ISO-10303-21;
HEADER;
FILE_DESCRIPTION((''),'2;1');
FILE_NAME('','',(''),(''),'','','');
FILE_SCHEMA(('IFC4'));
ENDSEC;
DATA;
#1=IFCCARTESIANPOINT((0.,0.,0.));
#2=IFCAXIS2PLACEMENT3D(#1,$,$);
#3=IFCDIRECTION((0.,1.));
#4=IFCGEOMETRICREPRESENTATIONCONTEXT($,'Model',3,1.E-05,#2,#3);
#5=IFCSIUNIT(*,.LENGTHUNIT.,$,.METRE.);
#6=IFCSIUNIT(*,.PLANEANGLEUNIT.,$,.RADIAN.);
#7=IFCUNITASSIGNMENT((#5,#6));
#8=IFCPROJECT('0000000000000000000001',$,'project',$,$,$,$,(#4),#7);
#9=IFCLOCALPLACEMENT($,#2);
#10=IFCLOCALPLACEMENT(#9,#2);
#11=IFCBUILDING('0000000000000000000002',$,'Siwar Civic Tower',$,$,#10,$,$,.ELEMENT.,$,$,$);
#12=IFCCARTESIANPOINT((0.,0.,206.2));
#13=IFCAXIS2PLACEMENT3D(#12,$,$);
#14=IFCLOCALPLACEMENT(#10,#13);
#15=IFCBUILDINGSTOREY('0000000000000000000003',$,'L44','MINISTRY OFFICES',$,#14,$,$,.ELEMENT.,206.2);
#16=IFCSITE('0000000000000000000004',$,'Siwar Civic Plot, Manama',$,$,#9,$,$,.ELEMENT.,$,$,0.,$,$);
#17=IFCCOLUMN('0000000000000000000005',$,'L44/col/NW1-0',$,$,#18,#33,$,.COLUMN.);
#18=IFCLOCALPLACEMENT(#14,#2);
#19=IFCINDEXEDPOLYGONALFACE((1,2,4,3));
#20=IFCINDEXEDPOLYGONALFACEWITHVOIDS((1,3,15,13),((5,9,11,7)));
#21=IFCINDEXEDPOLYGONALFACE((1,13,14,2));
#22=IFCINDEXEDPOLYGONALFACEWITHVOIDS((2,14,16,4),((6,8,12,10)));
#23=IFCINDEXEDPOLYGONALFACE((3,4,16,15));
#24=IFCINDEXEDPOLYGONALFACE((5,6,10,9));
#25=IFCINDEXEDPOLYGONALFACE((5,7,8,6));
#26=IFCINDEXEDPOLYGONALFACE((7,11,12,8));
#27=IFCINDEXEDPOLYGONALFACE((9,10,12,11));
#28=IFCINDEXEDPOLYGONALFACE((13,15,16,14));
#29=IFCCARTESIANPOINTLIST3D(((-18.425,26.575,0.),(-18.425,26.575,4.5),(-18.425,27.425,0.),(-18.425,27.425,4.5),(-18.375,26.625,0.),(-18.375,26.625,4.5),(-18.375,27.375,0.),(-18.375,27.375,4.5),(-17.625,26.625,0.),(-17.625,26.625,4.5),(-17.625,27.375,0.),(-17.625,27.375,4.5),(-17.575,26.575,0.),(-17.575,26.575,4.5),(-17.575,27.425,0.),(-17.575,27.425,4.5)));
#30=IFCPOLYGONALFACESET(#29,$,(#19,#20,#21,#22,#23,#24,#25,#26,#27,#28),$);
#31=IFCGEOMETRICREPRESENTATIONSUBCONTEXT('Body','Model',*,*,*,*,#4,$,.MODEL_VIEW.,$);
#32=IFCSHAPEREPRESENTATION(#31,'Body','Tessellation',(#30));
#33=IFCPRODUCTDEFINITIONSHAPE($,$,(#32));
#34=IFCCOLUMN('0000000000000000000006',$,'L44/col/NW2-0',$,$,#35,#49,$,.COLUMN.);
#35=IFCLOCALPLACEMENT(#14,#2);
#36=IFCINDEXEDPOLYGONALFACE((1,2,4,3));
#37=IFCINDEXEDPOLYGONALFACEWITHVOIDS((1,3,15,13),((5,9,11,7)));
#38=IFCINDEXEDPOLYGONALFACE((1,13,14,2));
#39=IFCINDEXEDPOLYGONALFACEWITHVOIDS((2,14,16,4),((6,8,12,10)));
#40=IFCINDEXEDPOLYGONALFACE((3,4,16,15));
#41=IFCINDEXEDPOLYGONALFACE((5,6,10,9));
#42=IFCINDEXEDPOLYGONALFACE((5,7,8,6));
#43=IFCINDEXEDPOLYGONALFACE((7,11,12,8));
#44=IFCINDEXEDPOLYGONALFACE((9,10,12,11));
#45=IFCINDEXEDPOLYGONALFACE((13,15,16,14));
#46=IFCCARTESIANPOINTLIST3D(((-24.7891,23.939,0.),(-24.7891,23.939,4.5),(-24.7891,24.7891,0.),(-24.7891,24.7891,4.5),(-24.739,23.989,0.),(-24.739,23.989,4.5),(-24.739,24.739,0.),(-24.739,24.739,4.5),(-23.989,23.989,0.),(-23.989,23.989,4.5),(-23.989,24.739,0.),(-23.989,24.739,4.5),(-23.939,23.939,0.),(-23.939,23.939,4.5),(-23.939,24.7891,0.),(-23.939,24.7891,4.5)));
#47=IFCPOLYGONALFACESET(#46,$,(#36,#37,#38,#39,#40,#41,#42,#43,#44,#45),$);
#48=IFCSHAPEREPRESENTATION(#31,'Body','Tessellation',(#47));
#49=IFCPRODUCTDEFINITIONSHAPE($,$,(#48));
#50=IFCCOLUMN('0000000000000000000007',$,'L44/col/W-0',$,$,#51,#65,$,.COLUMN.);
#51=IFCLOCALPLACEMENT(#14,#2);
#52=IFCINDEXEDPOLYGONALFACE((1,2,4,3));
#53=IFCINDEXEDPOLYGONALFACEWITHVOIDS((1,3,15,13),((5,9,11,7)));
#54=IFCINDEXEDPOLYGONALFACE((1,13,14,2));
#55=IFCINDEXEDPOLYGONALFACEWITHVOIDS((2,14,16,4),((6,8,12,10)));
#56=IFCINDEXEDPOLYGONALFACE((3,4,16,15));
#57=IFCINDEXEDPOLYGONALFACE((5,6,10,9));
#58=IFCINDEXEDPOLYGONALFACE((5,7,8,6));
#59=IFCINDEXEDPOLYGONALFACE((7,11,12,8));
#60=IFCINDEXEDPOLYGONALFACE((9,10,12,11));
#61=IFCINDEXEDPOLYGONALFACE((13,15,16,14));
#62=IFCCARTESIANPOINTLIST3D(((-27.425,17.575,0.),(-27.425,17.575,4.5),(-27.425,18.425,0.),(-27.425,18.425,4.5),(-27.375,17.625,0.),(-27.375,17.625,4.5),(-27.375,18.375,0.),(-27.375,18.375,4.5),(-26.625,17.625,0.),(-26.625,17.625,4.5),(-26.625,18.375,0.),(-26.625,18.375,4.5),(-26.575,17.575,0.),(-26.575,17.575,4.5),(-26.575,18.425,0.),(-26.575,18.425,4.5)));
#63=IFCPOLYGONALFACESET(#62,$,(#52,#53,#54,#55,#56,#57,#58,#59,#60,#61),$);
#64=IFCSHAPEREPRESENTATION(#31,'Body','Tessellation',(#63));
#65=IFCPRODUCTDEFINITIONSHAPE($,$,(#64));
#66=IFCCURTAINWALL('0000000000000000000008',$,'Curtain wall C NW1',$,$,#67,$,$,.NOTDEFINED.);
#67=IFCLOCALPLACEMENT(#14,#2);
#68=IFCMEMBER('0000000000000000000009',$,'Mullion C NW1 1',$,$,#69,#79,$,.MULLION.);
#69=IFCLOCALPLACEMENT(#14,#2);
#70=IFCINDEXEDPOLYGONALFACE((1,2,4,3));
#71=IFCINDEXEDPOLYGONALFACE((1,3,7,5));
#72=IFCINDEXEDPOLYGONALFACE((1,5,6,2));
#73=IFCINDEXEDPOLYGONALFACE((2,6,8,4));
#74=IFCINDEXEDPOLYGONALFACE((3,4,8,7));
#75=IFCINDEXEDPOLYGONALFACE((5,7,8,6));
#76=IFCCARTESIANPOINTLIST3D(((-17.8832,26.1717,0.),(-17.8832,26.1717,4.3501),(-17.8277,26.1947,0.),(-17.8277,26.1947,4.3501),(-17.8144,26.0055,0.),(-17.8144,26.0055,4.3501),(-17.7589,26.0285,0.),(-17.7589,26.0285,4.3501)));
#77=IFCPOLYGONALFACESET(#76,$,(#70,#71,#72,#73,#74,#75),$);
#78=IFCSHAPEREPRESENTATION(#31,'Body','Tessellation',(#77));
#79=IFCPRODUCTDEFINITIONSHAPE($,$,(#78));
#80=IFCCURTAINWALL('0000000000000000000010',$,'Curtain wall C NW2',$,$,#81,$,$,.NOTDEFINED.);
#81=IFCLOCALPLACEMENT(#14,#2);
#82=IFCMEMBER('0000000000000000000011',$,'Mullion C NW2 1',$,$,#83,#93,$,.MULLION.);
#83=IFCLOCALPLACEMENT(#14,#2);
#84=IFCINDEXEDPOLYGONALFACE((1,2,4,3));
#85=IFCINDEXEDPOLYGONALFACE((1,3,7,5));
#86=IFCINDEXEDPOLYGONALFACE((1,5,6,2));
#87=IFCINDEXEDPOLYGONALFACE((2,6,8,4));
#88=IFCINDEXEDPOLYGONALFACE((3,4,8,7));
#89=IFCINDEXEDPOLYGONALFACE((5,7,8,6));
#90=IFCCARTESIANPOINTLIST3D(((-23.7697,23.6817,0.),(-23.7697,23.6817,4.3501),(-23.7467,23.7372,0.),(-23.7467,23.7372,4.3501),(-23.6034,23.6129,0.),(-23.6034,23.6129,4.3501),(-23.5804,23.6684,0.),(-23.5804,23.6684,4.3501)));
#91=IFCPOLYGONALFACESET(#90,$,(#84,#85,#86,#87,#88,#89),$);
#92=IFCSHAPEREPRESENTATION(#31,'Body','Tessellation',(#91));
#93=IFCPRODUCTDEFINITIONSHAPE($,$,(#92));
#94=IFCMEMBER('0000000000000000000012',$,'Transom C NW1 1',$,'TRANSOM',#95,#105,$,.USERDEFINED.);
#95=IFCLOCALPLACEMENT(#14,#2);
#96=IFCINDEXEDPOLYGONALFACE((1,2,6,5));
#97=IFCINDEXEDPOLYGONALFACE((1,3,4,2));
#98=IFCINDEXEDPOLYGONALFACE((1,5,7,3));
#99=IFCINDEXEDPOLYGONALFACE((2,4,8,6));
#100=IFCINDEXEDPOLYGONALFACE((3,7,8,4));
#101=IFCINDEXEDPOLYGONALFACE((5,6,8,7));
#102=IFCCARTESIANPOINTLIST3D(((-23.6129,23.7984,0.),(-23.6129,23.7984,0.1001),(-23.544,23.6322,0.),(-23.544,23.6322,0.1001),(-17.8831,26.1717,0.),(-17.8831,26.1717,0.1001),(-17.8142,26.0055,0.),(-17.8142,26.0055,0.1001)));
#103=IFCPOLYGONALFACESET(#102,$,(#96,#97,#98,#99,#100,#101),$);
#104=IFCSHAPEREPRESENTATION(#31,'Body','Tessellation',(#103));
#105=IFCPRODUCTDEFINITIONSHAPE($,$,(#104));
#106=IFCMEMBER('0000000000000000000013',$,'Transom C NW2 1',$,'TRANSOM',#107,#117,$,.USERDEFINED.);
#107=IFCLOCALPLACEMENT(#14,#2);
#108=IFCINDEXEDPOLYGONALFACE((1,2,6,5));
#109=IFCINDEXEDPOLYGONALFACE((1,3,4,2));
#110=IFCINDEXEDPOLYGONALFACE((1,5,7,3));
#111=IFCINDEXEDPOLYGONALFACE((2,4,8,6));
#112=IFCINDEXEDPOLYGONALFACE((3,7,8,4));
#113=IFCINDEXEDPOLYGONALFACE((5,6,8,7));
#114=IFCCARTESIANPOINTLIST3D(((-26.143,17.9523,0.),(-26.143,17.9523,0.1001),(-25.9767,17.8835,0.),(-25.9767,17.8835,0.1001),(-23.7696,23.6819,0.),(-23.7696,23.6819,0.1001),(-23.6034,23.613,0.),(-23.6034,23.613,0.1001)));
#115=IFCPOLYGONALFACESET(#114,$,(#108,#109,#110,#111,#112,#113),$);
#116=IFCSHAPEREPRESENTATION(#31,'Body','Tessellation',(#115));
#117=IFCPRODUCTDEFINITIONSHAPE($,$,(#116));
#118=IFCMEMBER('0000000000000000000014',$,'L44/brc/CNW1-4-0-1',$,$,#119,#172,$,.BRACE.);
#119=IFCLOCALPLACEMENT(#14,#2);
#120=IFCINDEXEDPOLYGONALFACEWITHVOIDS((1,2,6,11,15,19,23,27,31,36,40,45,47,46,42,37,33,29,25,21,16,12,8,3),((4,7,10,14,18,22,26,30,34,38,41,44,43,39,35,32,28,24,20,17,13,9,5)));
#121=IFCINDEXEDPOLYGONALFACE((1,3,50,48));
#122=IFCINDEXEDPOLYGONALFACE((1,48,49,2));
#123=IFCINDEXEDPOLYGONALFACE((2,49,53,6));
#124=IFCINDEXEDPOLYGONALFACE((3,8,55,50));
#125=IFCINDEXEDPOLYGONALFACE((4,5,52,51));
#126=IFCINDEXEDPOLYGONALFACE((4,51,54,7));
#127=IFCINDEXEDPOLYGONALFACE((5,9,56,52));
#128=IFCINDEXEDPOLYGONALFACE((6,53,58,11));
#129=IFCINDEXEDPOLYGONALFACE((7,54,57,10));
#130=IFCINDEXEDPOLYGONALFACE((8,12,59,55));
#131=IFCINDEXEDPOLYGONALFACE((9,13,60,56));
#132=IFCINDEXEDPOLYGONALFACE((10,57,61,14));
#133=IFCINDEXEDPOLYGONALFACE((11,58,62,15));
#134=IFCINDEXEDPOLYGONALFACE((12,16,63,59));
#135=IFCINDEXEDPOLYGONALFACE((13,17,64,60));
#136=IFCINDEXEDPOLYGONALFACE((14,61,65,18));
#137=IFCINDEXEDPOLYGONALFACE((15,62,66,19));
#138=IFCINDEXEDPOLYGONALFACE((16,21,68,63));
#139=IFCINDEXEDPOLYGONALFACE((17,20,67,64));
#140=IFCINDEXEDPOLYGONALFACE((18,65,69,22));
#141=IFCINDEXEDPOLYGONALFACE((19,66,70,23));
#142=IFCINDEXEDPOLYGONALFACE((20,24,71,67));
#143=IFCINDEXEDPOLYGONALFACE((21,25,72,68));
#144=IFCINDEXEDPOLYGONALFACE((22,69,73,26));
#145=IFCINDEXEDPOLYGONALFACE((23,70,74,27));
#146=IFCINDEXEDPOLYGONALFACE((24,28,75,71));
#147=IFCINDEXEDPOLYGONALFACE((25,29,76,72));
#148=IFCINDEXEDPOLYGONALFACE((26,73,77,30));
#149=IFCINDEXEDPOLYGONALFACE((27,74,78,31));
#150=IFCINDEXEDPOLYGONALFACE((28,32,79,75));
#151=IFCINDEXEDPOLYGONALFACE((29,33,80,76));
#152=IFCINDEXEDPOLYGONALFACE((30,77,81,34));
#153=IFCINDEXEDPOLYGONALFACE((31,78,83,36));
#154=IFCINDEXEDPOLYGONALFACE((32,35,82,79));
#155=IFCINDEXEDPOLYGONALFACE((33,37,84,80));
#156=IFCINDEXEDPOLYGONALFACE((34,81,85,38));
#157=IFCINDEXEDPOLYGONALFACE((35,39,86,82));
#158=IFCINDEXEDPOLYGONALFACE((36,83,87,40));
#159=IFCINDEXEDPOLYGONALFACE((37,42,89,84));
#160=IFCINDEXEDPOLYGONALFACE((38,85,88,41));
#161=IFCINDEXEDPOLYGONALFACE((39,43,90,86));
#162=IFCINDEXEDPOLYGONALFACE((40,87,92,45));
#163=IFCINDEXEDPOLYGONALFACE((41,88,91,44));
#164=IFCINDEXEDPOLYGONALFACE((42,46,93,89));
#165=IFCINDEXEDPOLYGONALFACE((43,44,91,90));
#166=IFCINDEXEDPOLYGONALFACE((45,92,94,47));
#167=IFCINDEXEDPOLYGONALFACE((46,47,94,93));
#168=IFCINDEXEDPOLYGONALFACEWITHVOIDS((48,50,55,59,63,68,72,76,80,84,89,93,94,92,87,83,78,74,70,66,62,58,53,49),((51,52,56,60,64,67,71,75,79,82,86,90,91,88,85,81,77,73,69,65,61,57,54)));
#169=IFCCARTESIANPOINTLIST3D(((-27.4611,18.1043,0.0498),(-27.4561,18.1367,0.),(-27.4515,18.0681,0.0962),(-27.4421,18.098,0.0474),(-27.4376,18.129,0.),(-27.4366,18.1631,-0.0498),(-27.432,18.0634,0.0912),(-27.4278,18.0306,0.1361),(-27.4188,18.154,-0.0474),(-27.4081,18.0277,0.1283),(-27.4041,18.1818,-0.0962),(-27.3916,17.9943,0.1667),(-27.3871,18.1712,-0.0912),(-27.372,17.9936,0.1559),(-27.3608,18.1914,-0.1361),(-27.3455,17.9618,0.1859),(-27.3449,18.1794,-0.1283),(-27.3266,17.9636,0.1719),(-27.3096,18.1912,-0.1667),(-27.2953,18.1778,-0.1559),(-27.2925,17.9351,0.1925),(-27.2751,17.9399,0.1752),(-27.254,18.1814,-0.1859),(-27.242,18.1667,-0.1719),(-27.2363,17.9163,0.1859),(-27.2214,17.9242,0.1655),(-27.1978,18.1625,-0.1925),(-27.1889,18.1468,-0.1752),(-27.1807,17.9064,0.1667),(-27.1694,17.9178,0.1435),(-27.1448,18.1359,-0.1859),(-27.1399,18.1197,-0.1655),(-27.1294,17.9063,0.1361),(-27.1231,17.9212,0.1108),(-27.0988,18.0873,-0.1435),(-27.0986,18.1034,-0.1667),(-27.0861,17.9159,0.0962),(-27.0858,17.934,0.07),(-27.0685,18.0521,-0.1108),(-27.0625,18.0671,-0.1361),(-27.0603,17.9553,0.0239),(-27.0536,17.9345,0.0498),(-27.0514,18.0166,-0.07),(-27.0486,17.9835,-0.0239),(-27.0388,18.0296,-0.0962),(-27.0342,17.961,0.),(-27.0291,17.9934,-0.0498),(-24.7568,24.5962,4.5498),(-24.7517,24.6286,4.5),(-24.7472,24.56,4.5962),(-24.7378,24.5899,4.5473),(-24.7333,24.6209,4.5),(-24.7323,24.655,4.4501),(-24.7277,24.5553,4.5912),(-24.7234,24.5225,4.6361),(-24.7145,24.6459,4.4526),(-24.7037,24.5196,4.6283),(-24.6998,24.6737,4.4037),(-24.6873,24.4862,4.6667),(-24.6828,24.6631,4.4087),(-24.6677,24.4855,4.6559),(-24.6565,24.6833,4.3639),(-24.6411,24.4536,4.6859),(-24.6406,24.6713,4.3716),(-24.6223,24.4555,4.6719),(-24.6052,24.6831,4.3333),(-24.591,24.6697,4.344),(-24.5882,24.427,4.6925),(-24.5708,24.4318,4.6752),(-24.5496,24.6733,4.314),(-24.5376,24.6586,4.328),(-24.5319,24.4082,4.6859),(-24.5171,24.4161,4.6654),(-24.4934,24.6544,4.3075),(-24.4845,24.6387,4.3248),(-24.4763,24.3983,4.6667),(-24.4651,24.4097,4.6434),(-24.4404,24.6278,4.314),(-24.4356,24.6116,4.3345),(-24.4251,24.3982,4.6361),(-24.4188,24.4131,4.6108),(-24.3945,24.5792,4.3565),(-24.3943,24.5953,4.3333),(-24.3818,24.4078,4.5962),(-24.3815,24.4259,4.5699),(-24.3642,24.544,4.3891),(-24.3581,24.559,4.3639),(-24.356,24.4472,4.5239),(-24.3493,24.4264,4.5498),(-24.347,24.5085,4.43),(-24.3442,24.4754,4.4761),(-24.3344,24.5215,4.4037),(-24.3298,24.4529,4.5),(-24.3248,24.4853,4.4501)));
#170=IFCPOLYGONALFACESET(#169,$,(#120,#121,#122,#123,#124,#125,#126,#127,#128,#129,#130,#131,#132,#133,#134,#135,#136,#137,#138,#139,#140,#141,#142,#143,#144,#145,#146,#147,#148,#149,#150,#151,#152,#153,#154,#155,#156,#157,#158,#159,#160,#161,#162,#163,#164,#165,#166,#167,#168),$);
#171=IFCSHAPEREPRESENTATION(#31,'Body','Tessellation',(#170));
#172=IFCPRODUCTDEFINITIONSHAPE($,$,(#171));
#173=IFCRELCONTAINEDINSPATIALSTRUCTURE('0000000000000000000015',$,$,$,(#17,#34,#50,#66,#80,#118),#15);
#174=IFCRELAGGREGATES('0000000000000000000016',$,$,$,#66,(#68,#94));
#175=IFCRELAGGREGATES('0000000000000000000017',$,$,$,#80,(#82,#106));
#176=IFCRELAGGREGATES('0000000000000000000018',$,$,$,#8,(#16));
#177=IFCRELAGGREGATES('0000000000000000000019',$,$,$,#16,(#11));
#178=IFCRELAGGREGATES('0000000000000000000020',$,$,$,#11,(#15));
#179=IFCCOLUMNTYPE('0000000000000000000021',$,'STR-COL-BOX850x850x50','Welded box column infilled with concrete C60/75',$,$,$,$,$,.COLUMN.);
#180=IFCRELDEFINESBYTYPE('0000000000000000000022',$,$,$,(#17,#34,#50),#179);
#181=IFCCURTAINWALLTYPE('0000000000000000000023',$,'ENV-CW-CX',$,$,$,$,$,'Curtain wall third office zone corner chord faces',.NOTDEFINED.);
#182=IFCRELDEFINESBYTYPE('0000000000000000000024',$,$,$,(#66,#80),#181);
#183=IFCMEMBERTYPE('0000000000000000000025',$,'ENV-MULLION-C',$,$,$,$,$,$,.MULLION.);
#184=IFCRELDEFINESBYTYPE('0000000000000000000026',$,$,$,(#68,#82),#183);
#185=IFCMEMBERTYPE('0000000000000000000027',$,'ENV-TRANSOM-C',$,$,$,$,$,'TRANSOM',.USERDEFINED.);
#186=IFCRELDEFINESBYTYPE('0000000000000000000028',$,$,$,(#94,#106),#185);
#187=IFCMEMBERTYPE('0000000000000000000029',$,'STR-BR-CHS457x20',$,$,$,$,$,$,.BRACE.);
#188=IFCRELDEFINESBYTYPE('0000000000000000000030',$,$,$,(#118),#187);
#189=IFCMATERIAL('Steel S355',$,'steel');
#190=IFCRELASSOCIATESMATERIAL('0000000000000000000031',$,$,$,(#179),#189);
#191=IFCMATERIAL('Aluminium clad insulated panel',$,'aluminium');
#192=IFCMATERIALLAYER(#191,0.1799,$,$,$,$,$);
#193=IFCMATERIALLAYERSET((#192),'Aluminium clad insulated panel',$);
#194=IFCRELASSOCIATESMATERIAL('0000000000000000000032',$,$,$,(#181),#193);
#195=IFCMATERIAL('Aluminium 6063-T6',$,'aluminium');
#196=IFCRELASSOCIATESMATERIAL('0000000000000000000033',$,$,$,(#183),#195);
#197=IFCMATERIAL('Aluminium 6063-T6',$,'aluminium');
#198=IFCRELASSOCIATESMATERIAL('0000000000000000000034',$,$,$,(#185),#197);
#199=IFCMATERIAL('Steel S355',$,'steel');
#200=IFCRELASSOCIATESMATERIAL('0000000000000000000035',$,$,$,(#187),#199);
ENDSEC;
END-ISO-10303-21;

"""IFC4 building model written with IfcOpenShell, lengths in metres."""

from ifc_helpers import new_model, si_unit, direction, frame, origin, origin_2d, place, context, subcontext, project, spatial, rectangle, hollow_rectangle, hollow_circle, extrude, material, layer, layer_set, material_profile, profile_set, type_object, element, aggregate, save


model = new_model("IFC4")

# Units and contexts
model_context = context("Model", 3, precision=1e-05, world=origin(), true_north=direction((0.0, 1.0)))
body_context = subcontext(model_context, "Body", "Model", "MODEL_VIEW")
ifc_project = project(units=[si_unit("LENGTHUNIT", "METRE"), si_unit("PLANEANGLEUNIT", "RADIAN")], contexts=[model_context])

# Site, building, storey
site_placement = place(None, origin())
site = spatial("IfcSite", under=ifc_project, at=site_placement, Name="Siwar Civic Plot, Manama", CompositionType="ELEMENT", RefElevation=0.0)
building_placement = place(site_placement, origin())
building = spatial("IfcBuilding", under=site, at=building_placement, Name="Siwar Civic Tower", CompositionType="ELEMENT")
storey_placement = place(building_placement, frame((0.0, 0.0, 206.2)))
storey = spatial("IfcBuildingStorey", under=building, at=storey_placement, Name="L44", Description="MINISTRY OFFICES", CompositionType="ELEMENT", Elevation=206.2)

# Columns
ifc_material_1 = material(Name="Steel S355", Category="steel")
ifc_material_profile_1 = material_profile(ifc_material_1, hollow_rectangle(XDim=0.8501, YDim=0.8501, WallThickness=0.05, at=origin_2d()), Name="BOX850x850x50")
ifc_profile_set_1 = profile_set([ifc_material_profile_1], Name="Steel S355")
column_type = type_object("IfcColumnType", Name="STR-COL-BOX850x850x50", Description="Welded box column infilled with concrete C60/75", PredefinedType="COLUMN", material=ifc_profile_set_1)
for number, where, z_axis, x_axis, name in (
    (1, (-18.0, 27.0, 0.0), (0.0, 0.0, 1.0), (1.0, 0.0, 0.0), "L44/col/NW1-0"),
    (2, (-24.364, 24.364, 0.0), (0.0, 0.0, 1.0), (1.0, 0.0, 0.0), "L44/col/NW2-0"),
    (3, (-27.0, 18.0, 0.0), (0.0, 0.0, 1.0), (1.0, 0.0, 0.0), "L44/col/W-0"),
):
    element("IfcColumn", number, at=place(storey_placement, frame(where, z_axis=z_axis, x_axis=x_axis)), inside=storey, type_object=column_type, Name=name, PredefinedType="COLUMN", context=body_context, shape_type="SweptSolid", body=[
        extrude(hollow_rectangle(XDim=0.8501, YDim=0.8501, WallThickness=0.05, at=origin_2d()), origin(), (0.0, 0.0, 1.0), 4.5),
    ])

# Curtain walls, members
ifc_material_2 = material(Name="Aluminium clad insulated panel", Category="aluminium")
ifc_layer_1 = layer(ifc_material_2, 0.1799)
ifc_layer_set_1 = layer_set([ifc_layer_1], Name="Aluminium clad insulated panel")
curtain_wall_type = type_object("IfcCurtainWallType", Name="ENV-CW-CX", ElementType="Curtain wall third office zone corner chord faces", PredefinedType="NOTDEFINED", material=ifc_layer_set_1)
curtain_wall_1_placement = place(storey_placement, origin())
curtain_wall_1 = element("IfcCurtainWall", 4, at=curtain_wall_1_placement, inside=storey, type_object=curtain_wall_type, Name="Curtain wall C NW1", PredefinedType="NOTDEFINED")
ifc_material_3 = material(Name="Aluminium 6063-T6", Category="aluminium")
ifc_material_profile_2 = material_profile(ifc_material_3, rectangle(XDim=0.1799, YDim=0.0601, at=origin_2d()), Name="AL 180x60")
ifc_profile_set_2 = profile_set([ifc_material_profile_2], Name="Aluminium 6063-T6")
member_type_1 = type_object("IfcMemberType", Name="ENV-MULLION-C", PredefinedType="MULLION", material=ifc_profile_set_2)
member_1_placement = place(storey_placement, frame((-17.821, 26.1001, 0.0), z_axis=(0.0, 0.0, 1.0), x_axis=(0.382683, -0.92388, 0.0)))
member_1 = element("IfcMember", 5, at=member_1_placement, type_object=member_type_1, Name="Mullion C NW1 1", PredefinedType="MULLION", context=body_context, shape_type="SweptSolid", body=[
    extrude(rectangle(XDim=0.1799, YDim=0.0601, at=origin_2d()), origin(), (0.0, 0.0, 1.0), 4.3501),
])
curtain_wall_2_placement = place(storey_placement, origin())
curtain_wall_2 = element("IfcCurtainWall", 6, at=curtain_wall_2_placement, inside=storey, type_object=curtain_wall_type, Name="Curtain wall C NW2", PredefinedType="NOTDEFINED")
member_2_placement = place(storey_placement, frame((-23.675, 23.675, 0.0), z_axis=(0.0, 0.0, 1.0), x_axis=(0.92388, -0.382683, 0.0)))
member_2 = element("IfcMember", 7, at=member_2_placement, type_object=member_type_1, Name="Mullion C NW2 1", PredefinedType="MULLION", context=body_context, shape_type="SweptSolid", body=[
    extrude(rectangle(XDim=0.1799, YDim=0.0601, at=origin_2d()), origin(), (0.0, 0.0, 1.0), 4.3501),
])

# Members
ifc_material_4 = material(Name="Aluminium 6063-T6", Category="aluminium")
ifc_material_profile_3 = material_profile(ifc_material_4, rectangle(XDim=0.1799, YDim=0.1001, at=origin_2d()), Name="AL 180x100")
ifc_profile_set_3 = profile_set([ifc_material_profile_3], Name="Aluminium 6063-T6")
member_type_2 = type_object("IfcMemberType", Name="ENV-TRANSOM-C", ElementType="TRANSOM", PredefinedType="USERDEFINED", material=ifc_profile_set_3)
member_3_placement = place(storey_placement, frame((-17.8486, 26.0886, 0.05), z_axis=(-0.923882, -0.382677, 0.0), x_axis=(0.382677, -0.923882, 0.0)))
member_3 = element("IfcMember", 8, at=member_3_placement, type_object=member_type_2, Name="Transom C NW1 1", ObjectType="TRANSOM", PredefinedType="USERDEFINED", context=body_context, shape_type="SweptSolid", body=[
    extrude(rectangle(XDim=0.1799, YDim=0.1001, at=origin_2d()), origin(), (0.0, 0.0, 1.0), 6.2019),
])
member_4_placement = place(storey_placement, frame((-23.6865, 23.6475, 0.05), z_axis=(-0.382691, -0.923876, 0.0), x_axis=(0.923876, -0.382691, 0.0)))
member_4 = element("IfcMember", 9, at=member_4_placement, type_object=member_type_2, Name="Transom C NW2 1", ObjectType="TRANSOM", PredefinedType="USERDEFINED", context=body_context, shape_type="SweptSolid", body=[
    extrude(rectangle(XDim=0.1799, YDim=0.1001, at=origin_2d()), origin(), (0.0, 0.0, 1.0), 6.2017),
])

# Member
ifc_material_5 = material(Name="Steel S355", Category="steel")
ifc_material_profile_4 = material_profile(ifc_material_5, hollow_circle(Radius=0.2285, WallThickness=0.02, at=origin_2d()), Name="CHS457x20")
ifc_profile_set_4 = profile_set([ifc_material_profile_4], Name="Steel S355")
member_type_3 = type_object("IfcMemberType", Name="STR-BR-CHS457x20", PredefinedType="BRACE", material=ifc_profile_set_4)
member_5_placement = place(storey_placement, frame((-27.2451, 18.0488, 0.0), z_axis=(0.323906, 0.777555, 0.538975), x_axis=(-0.923109, 0.384539, 0.0)))
element("IfcMember", 10, at=member_5_placement, inside=storey, type_object=member_type_3, Name="L44/brc/CNW1-4-0-1", PredefinedType="BRACE", context=body_context, shape_type="SweptSolid", body=[
    extrude(hollow_circle(Radius=0.2285, WallThickness=0.02, at=origin_2d()), origin(), (0.0, 0.0, 1.0), 8.3491),
])

aggregate(curtain_wall_1, [member_1, member_3])
aggregate(curtain_wall_2, [member_2, member_4])

save(model, "model.ifc")
